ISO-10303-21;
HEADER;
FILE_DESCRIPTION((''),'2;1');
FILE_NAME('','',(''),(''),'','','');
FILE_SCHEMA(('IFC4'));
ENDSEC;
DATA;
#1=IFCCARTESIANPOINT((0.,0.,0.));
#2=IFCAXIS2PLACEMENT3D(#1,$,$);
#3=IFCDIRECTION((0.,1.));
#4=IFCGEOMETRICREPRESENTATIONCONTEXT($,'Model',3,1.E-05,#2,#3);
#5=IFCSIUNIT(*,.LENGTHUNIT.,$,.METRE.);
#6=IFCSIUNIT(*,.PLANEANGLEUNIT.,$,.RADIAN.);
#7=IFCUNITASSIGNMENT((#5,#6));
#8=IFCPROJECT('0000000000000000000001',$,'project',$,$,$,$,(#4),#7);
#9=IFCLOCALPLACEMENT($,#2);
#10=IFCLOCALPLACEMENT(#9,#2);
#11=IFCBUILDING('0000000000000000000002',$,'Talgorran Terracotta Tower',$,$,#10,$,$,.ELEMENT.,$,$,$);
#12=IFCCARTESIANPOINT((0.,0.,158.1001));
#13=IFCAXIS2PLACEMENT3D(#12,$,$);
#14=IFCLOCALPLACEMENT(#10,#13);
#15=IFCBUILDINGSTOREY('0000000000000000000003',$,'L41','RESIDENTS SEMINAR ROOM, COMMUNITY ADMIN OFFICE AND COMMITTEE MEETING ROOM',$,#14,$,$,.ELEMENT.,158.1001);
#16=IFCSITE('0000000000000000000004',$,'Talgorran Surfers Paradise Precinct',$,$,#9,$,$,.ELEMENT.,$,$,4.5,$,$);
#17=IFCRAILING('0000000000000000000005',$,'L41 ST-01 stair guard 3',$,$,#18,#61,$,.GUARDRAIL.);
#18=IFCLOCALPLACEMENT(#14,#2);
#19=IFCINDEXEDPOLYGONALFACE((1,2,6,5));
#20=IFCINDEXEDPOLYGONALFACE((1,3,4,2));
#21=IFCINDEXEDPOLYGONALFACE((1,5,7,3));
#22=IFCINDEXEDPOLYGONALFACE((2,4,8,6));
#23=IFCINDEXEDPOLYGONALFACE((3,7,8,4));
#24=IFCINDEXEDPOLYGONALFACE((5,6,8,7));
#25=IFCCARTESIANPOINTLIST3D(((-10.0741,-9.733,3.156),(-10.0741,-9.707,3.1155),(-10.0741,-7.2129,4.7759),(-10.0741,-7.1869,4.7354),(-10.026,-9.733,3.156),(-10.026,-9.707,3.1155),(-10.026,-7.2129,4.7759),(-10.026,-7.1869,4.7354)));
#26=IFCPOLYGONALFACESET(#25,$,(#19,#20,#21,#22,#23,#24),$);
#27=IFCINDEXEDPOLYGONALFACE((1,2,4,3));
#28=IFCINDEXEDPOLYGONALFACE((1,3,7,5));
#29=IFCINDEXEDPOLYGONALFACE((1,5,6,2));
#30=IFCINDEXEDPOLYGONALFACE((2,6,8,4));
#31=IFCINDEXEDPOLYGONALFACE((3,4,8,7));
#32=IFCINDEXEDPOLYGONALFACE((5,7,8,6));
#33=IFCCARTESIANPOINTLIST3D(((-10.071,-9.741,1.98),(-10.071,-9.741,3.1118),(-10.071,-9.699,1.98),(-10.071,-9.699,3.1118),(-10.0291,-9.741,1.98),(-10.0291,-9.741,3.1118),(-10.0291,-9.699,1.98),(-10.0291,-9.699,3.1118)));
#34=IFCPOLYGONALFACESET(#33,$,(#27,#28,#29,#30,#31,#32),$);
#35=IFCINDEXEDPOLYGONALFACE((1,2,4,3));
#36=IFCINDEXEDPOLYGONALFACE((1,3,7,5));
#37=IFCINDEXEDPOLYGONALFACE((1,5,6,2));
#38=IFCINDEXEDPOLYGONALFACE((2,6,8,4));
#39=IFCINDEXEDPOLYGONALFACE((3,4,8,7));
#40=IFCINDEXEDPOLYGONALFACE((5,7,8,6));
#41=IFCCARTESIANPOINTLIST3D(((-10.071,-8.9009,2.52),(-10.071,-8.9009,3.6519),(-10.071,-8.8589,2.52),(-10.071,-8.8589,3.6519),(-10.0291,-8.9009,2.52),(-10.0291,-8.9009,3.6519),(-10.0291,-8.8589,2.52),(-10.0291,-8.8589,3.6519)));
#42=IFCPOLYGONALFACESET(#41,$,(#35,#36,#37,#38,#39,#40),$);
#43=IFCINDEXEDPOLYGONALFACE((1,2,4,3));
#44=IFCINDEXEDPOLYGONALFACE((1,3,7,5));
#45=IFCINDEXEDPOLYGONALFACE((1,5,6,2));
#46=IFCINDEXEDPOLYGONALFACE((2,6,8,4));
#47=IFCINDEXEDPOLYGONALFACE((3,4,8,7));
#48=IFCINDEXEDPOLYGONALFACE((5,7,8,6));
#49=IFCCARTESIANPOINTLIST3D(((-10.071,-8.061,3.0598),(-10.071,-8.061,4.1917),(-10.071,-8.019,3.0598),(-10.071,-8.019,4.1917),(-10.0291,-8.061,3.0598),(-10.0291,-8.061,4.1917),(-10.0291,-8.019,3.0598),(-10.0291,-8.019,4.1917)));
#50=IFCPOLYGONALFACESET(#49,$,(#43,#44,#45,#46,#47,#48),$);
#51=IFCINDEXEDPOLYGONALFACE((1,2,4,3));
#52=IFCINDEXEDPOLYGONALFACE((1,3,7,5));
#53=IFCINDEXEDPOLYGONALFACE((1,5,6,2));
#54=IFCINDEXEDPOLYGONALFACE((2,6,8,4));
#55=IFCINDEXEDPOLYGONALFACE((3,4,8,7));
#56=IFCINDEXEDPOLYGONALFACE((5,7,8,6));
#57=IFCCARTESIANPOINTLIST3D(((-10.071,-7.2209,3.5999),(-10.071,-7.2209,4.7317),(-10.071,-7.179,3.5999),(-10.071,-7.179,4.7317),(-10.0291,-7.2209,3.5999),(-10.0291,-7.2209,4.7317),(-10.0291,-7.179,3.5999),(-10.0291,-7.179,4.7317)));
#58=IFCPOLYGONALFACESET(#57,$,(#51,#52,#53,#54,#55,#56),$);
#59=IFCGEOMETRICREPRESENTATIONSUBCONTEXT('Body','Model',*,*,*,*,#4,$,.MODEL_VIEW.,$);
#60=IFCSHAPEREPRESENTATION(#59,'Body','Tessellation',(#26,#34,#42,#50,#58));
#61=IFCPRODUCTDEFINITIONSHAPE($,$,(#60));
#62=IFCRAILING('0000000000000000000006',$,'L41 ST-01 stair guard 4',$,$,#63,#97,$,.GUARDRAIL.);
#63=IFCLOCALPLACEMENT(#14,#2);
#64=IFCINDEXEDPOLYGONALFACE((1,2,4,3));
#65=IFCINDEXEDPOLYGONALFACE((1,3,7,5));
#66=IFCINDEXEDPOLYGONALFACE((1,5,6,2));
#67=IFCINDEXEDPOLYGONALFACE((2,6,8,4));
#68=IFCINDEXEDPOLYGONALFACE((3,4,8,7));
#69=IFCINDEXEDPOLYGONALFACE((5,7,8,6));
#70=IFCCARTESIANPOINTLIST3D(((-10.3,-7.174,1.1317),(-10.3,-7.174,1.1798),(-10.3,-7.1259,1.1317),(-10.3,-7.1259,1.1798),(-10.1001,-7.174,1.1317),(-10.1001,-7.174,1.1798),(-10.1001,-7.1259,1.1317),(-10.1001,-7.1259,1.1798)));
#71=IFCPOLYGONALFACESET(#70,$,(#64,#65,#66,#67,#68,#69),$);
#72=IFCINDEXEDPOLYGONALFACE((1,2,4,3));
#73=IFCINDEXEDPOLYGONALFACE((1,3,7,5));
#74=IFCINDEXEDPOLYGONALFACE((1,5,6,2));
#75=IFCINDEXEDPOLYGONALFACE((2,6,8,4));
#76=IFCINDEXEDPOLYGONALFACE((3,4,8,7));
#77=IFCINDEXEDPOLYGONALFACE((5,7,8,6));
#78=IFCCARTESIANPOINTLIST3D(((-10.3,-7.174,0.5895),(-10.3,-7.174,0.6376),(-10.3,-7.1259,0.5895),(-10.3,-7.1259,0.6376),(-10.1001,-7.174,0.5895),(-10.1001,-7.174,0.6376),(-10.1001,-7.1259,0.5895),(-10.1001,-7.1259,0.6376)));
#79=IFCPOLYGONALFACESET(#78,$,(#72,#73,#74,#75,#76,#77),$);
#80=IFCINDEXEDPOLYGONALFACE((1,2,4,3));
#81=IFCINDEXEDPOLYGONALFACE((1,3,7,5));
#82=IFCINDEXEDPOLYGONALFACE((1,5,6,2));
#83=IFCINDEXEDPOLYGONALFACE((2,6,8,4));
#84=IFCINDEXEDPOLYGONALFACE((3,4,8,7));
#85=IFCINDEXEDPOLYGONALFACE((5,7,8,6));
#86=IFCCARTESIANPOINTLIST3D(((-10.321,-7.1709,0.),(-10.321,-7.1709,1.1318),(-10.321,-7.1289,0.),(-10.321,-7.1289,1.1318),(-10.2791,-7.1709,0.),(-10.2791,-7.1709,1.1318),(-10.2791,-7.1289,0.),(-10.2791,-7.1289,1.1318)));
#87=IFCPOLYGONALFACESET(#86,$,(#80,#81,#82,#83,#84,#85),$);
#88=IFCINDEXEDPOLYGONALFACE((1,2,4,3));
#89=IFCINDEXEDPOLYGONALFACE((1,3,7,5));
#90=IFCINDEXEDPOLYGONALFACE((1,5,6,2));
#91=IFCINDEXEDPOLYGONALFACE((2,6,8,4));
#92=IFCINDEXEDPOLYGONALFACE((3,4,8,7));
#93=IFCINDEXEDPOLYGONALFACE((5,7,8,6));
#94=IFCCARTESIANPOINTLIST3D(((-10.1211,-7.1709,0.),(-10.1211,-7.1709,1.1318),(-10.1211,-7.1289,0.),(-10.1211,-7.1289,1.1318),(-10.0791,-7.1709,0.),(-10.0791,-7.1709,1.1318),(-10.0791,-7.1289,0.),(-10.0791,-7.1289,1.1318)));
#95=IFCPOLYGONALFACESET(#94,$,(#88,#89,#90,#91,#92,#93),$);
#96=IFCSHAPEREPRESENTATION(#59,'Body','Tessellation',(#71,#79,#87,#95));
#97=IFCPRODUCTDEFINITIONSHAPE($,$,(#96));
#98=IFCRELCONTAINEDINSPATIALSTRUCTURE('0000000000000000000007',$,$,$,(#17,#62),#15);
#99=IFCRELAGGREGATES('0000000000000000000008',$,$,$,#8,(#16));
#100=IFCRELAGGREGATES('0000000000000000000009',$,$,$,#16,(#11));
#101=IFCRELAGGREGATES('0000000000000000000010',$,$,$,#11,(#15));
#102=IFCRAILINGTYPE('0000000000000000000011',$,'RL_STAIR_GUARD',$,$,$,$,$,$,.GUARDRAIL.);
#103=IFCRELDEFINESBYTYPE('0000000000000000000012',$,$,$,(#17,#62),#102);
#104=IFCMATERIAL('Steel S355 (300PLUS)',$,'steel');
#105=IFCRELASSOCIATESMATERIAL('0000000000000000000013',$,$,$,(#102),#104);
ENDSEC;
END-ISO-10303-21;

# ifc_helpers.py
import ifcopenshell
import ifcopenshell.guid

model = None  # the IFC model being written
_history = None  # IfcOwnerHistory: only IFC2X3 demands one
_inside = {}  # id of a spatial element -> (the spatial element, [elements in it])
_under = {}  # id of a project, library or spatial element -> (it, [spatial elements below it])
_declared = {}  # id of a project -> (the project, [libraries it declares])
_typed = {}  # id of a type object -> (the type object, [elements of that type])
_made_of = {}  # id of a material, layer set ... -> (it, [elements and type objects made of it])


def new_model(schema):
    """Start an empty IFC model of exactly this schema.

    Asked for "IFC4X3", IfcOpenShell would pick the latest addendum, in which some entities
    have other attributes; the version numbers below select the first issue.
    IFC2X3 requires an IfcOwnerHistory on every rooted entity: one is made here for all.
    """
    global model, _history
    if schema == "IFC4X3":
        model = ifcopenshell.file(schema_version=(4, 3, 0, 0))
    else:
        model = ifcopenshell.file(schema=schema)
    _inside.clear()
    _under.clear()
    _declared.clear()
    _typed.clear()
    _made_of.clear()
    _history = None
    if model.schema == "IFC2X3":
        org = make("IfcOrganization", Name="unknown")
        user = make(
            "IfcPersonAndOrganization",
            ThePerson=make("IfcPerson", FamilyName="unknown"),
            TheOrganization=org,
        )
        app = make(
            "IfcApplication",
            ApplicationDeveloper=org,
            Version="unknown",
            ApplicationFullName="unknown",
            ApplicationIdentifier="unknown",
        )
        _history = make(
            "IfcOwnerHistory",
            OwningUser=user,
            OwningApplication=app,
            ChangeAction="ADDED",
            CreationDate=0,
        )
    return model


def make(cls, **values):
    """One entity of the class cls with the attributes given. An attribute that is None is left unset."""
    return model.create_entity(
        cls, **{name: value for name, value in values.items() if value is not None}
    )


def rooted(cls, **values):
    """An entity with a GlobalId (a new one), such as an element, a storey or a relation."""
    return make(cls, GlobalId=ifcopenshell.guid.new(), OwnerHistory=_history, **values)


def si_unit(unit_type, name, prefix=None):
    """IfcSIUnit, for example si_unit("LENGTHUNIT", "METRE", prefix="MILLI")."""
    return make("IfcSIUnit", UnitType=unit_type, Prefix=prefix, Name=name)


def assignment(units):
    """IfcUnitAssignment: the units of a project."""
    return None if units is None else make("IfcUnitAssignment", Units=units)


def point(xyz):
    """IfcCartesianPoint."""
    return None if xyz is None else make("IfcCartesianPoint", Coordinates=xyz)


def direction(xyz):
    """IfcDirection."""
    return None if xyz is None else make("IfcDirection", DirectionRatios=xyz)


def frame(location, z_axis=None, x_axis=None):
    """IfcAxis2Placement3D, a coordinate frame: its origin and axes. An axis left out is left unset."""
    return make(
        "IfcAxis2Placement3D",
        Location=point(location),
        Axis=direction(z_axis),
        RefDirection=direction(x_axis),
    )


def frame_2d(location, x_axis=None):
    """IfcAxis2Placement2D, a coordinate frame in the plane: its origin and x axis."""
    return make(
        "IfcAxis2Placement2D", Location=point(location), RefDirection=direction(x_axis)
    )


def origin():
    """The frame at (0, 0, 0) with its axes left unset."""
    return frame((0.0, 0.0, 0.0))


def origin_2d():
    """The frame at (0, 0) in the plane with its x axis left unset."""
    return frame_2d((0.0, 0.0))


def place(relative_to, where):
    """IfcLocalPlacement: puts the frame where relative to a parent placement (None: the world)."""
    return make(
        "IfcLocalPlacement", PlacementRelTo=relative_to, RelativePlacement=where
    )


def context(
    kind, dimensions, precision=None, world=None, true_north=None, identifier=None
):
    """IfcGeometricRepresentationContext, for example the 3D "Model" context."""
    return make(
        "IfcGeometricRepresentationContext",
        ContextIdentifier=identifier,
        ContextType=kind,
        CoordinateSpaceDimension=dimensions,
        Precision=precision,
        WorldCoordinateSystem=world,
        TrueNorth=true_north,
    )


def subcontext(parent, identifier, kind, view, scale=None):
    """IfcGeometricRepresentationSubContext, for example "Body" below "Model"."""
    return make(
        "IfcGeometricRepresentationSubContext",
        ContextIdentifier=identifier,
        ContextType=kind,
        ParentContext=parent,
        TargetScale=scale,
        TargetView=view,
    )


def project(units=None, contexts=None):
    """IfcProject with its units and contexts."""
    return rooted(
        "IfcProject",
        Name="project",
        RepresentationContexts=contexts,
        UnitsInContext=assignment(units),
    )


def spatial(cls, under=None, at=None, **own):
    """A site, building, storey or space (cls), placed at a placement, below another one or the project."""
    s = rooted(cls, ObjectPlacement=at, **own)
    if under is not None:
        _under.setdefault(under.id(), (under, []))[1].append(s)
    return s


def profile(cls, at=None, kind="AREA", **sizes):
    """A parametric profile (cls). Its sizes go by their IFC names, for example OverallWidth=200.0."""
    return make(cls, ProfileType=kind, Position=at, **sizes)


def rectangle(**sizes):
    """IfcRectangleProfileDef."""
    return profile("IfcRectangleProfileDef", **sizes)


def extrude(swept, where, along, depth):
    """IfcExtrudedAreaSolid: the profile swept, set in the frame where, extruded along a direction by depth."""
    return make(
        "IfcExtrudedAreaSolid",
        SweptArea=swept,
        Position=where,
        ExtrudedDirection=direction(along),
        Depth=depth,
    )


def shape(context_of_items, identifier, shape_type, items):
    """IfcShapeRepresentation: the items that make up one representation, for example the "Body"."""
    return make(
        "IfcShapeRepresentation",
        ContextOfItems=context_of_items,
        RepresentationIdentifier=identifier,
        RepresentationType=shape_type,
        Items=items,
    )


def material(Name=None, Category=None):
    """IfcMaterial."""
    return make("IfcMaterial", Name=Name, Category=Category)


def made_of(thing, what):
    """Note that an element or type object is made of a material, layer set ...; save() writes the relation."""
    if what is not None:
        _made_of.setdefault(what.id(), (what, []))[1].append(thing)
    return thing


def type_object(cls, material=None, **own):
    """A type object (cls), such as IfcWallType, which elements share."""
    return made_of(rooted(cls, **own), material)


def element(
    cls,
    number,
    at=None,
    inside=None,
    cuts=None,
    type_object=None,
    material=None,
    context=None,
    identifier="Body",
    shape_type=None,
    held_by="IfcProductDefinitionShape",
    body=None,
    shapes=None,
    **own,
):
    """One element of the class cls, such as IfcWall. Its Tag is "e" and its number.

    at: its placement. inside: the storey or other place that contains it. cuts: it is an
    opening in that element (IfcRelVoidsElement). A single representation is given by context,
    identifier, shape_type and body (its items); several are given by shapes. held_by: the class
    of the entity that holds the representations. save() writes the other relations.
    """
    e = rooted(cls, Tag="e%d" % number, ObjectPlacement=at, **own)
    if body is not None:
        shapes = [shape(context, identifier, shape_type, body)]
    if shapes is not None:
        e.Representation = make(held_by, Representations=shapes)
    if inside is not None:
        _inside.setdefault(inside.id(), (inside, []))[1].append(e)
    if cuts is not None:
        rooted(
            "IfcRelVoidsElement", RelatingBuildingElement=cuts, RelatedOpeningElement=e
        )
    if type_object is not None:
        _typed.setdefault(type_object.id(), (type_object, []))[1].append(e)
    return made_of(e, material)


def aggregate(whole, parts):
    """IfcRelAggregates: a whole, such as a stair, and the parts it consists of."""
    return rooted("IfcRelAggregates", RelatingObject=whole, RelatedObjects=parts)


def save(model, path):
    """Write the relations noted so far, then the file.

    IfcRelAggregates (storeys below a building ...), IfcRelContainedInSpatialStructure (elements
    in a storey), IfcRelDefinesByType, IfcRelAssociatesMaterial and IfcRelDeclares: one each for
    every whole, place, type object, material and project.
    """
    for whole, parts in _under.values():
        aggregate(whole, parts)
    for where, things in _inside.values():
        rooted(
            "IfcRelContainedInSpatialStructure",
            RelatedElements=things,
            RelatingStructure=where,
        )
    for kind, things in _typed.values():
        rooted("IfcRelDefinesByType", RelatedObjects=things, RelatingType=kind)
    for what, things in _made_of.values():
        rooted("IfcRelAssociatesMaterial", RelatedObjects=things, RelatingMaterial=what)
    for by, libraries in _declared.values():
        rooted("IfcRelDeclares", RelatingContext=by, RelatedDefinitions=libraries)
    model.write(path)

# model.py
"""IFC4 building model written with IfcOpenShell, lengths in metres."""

from ifc_helpers import new_model, si_unit, direction, frame, origin, origin_2d, place, context, subcontext, project, spatial, rectangle, extrude, material, type_object, element, save


model = new_model("IFC4")

# Units and contexts
model_context = context("Model", 3, precision=1e-05, world=origin(), true_north=direction((0.0, 1.0)))
body_context = subcontext(model_context, "Body", "Model", "MODEL_VIEW")
ifc_project = project(units=[si_unit("LENGTHUNIT", "METRE"), si_unit("PLANEANGLEUNIT", "RADIAN")], contexts=[model_context])

# Site, building, storey
site_placement = place(None, origin())
site = spatial("IfcSite", under=ifc_project, at=site_placement, Name="Talgorran Surfers Paradise Precinct", CompositionType="ELEMENT", RefElevation=4.5)
building_placement = place(site_placement, origin())
building = spatial("IfcBuilding", under=site, at=building_placement, Name="Talgorran Terracotta Tower", CompositionType="ELEMENT")
storey_placement = place(building_placement, frame((0.0, 0.0, 158.1001)))
storey = spatial("IfcBuildingStorey", under=building, at=storey_placement, Name="L41", Description="RESIDENTS SEMINAR ROOM, COMMUNITY ADMIN OFFICE AND COMMITTEE MEETING ROOM", CompositionType="ELEMENT", Elevation=158.1001)

# Shared definitions
ifc_material_1 = material(Name="Steel S355 (300PLUS)", Category="steel")

# Railings
railing_type_1 = type_object("IfcRailingType", Name="RL_STAIR_GUARD", PredefinedType="GUARDRAIL", material=ifc_material_1)
railing_1_placement = place(storey_placement, frame((-10.05, -9.72, 1.98)))
element("IfcRailing", 1, at=railing_1_placement, inside=storey, type_object=railing_type_1, Name="L41 ST-01 stair guard 3", PredefinedType="GUARDRAIL", context=body_context, shape_type="SweptSolid", body=[
    extrude(rectangle(XDim=0.0481, YDim=0.0481, at=origin_2d()), frame((0.0, 0.0, 1.1558), z_axis=(0.0, 0.8412, 0.540725), x_axis=(-1.0, 0.0, 0.0)), (0.0, 0.0, 1.0), 2.9958),
    extrude(rectangle(XDim=0.042, YDim=0.042, at=origin_2d()), origin(), (0.0, 0.0, 1.0), 1.1318),
    extrude(rectangle(XDim=0.042, YDim=0.042, at=origin_2d()), frame((0.0, 0.8401, 0.54)), (0.0, 0.0, 1.0), 1.1318),
    extrude(rectangle(XDim=0.042, YDim=0.042, at=origin_2d()), frame((0.0, 1.6799, 1.0798)), (0.0, 0.0, 1.0), 1.1318),
    extrude(rectangle(XDim=0.042, YDim=0.042, at=origin_2d()), frame((0.0, 2.52, 1.6199)), (0.0, 0.0, 1.0), 1.1318),
])
railing_2_placement = place(storey_placement, frame((-10.3, -7.1499, 0.0)))
element("IfcRailing", 2, at=railing_2_placement, inside=storey, type_object=railing_type_1, Name="L41 ST-01 stair guard 4", PredefinedType="GUARDRAIL", context=body_context, shape_type="SweptSolid", body=[
    extrude(rectangle(XDim=0.0481, YDim=0.0481, at=origin_2d()), frame((0.0, 0.0, 1.1558), z_axis=(1.0, 0.0, 0.0), x_axis=(0.0, 1.0, 0.0)), (0.0, 0.0, 1.0), 0.2),
    extrude(rectangle(XDim=0.0481, YDim=0.0481, at=origin_2d()), frame((0.0, 0.0, 0.6135), z_axis=(1.0, 0.0, 0.0), x_axis=(0.0, 1.0, 0.0)), (0.0, 0.0, 1.0), 0.2),
    extrude(rectangle(XDim=0.042, YDim=0.042, at=origin_2d()), origin(), (0.0, 0.0, 1.0), 1.1318),
    extrude(rectangle(XDim=0.042, YDim=0.042, at=origin_2d()), frame((0.2, 0.0, 0.0)), (0.0, 0.0, 1.0), 1.1318),
])

save(model, "model.ifc")
